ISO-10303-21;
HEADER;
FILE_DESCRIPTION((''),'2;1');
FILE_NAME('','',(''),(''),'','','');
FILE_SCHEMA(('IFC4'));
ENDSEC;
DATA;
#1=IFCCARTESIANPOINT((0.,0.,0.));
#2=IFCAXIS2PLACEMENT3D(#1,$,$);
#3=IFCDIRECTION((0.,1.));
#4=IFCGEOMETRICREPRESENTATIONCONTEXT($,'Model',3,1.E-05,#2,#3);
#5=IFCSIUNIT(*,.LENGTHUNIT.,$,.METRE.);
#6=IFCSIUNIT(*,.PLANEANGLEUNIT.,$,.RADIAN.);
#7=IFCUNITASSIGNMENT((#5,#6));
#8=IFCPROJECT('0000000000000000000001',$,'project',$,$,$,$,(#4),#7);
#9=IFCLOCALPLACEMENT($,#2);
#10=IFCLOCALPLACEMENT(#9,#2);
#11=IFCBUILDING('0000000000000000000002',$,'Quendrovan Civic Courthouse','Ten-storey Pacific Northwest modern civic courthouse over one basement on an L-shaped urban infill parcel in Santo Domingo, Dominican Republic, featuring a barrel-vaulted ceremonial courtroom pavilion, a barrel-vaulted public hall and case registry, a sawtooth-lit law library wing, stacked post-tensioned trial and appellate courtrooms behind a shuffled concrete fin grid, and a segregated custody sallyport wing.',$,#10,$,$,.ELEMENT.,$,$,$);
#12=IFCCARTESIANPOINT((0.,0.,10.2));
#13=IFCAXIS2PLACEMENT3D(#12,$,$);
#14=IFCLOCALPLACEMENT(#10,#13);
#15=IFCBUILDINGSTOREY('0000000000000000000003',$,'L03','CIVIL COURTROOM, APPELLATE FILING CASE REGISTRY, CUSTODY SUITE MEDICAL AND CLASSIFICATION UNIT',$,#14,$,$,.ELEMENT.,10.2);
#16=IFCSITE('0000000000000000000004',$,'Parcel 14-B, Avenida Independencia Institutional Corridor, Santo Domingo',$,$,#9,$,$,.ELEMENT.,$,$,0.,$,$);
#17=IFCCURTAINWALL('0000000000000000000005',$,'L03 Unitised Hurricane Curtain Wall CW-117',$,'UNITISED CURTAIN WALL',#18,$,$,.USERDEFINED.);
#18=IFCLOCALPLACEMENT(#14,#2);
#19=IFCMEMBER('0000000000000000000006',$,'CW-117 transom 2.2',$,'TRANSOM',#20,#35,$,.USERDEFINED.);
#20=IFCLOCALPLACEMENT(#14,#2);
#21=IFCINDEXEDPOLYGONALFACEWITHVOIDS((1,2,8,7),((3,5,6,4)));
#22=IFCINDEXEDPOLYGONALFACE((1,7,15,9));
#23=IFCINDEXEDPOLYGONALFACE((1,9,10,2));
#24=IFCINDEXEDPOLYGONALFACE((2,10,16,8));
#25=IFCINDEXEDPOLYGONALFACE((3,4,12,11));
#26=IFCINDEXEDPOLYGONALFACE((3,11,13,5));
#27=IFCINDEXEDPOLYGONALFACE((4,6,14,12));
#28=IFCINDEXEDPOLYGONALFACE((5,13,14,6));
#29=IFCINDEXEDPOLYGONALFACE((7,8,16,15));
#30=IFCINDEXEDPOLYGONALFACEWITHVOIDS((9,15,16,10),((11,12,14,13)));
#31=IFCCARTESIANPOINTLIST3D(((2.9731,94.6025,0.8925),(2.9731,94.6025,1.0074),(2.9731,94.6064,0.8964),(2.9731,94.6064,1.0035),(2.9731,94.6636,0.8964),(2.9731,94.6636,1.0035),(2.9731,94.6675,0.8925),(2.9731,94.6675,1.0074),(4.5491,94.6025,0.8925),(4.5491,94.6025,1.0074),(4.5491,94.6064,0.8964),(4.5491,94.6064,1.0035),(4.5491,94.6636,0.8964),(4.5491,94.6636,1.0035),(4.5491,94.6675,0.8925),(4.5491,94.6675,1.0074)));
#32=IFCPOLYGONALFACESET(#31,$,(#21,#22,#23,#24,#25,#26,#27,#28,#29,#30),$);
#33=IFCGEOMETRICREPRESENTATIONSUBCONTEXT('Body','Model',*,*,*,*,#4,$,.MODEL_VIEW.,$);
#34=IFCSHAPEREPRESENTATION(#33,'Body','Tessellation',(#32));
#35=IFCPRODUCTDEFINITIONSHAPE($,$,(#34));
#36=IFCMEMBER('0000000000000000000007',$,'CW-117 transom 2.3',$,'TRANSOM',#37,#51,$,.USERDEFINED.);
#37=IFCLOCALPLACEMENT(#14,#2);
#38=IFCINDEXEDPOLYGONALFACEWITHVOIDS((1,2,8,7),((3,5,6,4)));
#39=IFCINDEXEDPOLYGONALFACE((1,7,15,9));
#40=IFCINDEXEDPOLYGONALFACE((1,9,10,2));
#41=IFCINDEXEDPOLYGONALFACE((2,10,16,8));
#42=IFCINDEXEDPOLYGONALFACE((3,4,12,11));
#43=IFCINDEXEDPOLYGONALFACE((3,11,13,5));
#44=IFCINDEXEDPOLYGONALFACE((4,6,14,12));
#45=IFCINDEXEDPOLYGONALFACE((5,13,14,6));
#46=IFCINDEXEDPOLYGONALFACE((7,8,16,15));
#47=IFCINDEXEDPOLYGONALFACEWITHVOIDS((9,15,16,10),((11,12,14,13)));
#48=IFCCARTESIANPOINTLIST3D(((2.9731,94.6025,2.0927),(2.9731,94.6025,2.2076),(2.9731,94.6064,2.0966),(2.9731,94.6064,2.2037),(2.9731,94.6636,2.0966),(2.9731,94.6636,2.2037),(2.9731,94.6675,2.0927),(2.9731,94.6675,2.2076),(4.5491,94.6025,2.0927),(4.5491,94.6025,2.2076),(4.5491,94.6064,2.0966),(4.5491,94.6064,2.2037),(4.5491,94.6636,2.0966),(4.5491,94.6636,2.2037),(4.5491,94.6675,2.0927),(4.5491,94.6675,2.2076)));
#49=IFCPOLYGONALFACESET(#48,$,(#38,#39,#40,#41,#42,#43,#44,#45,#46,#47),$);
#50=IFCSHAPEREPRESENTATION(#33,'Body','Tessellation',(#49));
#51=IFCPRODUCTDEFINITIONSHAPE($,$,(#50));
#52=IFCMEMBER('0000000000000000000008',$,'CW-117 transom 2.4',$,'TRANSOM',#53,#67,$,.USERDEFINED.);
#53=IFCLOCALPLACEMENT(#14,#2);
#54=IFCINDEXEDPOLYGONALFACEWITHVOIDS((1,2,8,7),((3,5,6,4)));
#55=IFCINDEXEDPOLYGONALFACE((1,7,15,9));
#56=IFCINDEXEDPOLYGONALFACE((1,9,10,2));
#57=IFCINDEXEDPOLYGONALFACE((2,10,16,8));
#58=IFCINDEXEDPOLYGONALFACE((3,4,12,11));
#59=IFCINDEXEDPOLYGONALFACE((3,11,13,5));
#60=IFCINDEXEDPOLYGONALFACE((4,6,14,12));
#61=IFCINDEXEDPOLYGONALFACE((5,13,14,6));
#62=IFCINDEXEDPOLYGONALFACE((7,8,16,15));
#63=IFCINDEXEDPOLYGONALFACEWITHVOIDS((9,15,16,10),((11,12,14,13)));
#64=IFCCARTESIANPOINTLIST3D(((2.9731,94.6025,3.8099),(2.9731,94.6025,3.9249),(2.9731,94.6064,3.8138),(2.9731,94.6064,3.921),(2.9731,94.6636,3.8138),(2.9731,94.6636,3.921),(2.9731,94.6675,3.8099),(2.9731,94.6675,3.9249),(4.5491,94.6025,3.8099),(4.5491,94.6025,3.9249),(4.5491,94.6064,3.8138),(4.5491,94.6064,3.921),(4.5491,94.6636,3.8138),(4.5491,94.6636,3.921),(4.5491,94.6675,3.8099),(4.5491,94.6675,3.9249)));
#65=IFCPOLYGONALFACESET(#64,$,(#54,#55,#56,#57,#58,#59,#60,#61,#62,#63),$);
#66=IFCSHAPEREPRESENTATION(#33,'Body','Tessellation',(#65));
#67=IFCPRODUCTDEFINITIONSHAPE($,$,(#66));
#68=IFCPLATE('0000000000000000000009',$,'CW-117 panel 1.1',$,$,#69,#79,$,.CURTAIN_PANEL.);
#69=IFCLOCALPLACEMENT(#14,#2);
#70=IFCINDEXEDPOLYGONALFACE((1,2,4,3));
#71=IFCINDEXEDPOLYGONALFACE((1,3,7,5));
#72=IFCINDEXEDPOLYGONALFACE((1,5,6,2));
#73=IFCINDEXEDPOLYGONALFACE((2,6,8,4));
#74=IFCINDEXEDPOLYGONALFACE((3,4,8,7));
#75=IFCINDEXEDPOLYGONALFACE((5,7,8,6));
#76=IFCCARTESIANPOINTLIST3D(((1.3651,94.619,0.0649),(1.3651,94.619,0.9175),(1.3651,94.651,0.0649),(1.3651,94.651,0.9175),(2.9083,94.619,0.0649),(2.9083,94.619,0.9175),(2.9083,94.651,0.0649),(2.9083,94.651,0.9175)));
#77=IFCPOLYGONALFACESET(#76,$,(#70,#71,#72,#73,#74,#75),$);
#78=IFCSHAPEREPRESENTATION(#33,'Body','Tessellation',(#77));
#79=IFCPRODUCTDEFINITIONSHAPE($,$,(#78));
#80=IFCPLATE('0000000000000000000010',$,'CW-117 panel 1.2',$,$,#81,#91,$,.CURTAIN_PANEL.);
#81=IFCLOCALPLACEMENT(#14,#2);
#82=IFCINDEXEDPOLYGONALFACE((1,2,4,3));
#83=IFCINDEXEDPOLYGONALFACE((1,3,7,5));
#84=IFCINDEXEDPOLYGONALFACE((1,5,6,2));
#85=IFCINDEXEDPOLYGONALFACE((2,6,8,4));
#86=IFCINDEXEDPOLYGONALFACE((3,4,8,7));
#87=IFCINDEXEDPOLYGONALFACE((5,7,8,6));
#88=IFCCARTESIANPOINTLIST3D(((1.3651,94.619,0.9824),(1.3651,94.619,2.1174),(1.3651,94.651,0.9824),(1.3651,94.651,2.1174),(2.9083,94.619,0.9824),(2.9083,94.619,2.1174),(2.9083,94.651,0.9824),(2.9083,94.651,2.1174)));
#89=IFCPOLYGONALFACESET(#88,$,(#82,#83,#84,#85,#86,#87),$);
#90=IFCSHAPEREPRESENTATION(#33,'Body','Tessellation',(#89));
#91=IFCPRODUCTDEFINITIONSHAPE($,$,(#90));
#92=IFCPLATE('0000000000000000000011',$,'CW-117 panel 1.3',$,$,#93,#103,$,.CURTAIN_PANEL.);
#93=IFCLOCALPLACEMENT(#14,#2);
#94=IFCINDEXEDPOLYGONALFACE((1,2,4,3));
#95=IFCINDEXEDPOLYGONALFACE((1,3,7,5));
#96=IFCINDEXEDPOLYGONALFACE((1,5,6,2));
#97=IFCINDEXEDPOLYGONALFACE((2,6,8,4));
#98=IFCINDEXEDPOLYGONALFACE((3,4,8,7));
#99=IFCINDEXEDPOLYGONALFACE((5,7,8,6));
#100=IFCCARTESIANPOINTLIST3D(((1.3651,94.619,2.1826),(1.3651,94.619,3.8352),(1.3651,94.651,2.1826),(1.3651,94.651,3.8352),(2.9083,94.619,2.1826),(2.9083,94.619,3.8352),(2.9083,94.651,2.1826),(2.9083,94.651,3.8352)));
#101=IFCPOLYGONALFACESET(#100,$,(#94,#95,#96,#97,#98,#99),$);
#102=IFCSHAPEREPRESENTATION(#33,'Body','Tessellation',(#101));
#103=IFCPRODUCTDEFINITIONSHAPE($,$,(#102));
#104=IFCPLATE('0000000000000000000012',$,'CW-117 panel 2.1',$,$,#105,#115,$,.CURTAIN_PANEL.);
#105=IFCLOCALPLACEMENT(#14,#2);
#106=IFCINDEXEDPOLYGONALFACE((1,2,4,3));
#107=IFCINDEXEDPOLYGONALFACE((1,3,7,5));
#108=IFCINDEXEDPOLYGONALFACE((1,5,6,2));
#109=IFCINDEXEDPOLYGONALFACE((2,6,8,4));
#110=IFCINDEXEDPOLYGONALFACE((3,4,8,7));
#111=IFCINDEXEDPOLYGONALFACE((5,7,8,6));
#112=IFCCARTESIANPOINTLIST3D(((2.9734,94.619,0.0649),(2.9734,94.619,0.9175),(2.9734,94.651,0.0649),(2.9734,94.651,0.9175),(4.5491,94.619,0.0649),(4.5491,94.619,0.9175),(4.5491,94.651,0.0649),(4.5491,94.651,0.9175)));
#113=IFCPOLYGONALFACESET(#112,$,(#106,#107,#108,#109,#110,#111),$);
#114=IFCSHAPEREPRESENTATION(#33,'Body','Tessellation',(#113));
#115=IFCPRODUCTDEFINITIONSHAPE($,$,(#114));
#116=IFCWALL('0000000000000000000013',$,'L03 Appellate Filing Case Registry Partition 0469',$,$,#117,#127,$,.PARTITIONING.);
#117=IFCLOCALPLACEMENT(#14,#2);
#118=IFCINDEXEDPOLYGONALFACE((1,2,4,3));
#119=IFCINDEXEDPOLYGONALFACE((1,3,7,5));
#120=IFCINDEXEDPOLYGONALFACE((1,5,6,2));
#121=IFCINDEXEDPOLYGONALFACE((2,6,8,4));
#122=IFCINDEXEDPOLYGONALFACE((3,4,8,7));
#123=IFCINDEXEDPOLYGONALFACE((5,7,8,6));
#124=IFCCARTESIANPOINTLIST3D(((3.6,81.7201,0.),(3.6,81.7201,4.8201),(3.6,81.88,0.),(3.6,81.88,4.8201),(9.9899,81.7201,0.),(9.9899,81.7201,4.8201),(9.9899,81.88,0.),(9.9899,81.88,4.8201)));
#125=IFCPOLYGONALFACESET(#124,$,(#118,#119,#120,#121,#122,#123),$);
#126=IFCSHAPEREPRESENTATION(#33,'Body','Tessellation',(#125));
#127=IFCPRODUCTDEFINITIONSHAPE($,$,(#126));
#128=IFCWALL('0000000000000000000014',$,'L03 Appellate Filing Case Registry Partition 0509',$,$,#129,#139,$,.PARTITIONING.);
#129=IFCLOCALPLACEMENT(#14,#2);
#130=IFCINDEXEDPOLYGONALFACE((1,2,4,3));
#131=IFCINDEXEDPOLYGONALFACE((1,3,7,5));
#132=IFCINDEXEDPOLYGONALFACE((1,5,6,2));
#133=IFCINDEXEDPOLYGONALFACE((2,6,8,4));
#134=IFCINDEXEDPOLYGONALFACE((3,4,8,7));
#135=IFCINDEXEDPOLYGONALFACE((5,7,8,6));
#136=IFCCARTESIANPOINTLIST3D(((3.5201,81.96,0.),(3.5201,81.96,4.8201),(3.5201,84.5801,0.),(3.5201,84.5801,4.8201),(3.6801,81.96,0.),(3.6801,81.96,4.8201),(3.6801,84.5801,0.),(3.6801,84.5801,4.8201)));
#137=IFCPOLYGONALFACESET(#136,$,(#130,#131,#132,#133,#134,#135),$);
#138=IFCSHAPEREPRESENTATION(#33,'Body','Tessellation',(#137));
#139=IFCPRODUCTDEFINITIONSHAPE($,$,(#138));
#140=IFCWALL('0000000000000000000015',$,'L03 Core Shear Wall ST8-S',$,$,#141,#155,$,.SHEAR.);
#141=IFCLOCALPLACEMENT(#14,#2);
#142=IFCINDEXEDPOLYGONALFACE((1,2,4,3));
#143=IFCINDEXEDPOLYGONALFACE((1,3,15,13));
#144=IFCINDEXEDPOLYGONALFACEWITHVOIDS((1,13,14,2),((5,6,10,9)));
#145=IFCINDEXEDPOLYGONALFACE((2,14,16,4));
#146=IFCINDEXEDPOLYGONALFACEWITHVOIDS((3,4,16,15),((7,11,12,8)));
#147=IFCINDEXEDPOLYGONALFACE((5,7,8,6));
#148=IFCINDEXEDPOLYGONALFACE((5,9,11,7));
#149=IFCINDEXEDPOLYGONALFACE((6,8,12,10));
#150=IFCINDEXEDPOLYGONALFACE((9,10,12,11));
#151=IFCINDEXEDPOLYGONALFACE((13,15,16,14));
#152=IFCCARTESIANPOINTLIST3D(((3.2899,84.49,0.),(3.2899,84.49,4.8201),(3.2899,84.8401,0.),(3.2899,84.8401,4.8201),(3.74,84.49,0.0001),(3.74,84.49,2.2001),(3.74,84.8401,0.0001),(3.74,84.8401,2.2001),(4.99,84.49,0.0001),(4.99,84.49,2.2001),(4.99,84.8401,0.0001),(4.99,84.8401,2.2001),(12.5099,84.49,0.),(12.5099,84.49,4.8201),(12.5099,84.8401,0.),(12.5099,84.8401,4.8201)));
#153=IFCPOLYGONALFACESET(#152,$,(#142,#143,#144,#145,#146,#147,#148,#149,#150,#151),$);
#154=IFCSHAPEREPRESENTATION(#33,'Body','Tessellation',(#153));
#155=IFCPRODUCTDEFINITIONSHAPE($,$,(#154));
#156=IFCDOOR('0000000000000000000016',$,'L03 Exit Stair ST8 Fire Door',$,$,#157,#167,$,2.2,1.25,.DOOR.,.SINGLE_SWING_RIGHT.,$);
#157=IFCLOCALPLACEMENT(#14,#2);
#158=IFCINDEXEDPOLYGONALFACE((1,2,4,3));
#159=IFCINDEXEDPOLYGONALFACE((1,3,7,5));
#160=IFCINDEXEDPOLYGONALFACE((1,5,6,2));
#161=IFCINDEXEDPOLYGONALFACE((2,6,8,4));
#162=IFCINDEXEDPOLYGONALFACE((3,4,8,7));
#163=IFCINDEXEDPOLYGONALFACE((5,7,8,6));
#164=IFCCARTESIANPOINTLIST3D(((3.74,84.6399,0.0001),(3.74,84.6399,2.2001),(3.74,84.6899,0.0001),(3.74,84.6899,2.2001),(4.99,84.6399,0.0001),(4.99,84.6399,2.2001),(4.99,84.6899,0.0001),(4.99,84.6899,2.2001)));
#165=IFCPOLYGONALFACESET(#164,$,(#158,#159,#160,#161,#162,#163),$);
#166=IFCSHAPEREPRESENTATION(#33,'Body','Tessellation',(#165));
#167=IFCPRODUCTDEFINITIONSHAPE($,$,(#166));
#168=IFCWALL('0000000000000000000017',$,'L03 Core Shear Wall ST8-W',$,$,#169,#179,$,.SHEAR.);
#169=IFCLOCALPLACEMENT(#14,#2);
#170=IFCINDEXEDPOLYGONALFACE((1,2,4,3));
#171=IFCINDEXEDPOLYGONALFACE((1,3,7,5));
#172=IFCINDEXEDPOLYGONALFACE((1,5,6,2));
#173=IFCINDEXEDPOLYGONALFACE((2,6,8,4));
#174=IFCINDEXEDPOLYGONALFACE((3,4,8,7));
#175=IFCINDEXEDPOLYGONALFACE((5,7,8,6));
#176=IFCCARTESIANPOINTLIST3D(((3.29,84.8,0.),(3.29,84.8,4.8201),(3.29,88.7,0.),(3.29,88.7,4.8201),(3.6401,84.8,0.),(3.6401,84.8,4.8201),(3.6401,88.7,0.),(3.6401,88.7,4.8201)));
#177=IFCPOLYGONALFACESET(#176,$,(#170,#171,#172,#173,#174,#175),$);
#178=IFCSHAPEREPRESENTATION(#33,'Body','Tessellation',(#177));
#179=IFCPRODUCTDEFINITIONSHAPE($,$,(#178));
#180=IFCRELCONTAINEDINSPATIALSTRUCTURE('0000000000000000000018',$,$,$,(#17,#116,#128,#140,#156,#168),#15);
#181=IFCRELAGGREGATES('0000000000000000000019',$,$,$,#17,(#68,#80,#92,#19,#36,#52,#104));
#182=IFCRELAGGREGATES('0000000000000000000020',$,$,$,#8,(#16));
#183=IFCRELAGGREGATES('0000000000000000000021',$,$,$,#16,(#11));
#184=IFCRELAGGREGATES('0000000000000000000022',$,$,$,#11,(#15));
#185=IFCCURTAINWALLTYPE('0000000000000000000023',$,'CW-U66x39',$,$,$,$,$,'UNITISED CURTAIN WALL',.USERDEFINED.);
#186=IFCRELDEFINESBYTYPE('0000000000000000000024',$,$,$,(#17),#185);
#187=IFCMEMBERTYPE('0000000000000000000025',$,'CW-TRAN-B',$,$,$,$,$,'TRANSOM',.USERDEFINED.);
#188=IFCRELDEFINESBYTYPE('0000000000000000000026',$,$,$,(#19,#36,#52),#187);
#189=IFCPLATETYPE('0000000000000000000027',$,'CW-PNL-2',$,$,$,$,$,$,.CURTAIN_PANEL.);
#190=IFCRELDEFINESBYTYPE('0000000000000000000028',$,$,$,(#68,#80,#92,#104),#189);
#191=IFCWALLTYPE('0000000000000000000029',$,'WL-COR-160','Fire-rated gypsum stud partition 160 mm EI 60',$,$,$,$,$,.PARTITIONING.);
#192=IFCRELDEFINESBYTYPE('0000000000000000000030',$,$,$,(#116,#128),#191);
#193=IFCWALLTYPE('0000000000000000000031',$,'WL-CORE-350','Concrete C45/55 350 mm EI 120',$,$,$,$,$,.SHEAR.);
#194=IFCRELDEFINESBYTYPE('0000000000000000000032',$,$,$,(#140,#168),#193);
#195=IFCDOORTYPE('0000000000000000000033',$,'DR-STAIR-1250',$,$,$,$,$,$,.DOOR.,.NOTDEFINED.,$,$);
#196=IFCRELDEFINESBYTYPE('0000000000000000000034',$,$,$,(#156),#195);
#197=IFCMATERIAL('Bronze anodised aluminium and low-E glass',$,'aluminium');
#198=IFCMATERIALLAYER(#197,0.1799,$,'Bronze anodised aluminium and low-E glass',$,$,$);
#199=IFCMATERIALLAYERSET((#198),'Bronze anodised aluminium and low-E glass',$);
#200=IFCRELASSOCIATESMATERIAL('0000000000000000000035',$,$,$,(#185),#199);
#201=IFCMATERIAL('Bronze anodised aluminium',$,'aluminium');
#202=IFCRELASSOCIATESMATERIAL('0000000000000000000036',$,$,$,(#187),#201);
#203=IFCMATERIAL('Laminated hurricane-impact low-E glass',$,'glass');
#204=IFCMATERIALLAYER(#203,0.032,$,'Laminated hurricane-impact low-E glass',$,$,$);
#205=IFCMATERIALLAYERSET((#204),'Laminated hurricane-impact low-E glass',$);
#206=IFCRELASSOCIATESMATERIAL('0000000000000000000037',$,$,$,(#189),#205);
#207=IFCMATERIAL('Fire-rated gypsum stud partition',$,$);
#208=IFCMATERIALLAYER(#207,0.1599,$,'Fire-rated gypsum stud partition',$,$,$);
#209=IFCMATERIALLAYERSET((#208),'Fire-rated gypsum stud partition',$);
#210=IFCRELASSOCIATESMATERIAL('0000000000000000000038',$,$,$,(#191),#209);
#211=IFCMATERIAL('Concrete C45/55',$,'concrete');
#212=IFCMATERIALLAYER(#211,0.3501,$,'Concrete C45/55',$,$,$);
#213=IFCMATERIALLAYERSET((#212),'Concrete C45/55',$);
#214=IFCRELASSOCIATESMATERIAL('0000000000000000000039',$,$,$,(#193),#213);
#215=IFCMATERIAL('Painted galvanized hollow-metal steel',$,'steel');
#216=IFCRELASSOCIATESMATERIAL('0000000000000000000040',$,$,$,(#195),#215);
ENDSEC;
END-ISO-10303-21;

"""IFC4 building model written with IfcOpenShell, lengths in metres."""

from ifc_helpers import new_model, si_unit, direction, frame, frame_2d, origin, origin_2d, place, context, subcontext, project, spatial, rectangle, hollow_rectangle, extrude, material, layer, layer_set, material_profile, profile_set, type_object, element, fill, aggregate, save


model = new_model("IFC4")

# Units and contexts
model_context = context("Model", 3, precision=1e-05, world=origin(), true_north=direction((0.0, 1.0)))
body_context = subcontext(model_context, "Body", "Model", "MODEL_VIEW")
ifc_project = project(units=[si_unit("LENGTHUNIT", "METRE"), si_unit("PLANEANGLEUNIT", "RADIAN")], contexts=[model_context])

# Site, building, storey
site_placement = place(None, origin())
site = spatial("IfcSite", under=ifc_project, at=site_placement, Name="Parcel 14-B, Avenida Independencia Institutional Corridor, Santo Domingo", CompositionType="ELEMENT", RefElevation=0.0)
building_placement = place(site_placement, origin())
building = spatial("IfcBuilding", under=site, at=building_placement, Name="Quendrovan Civic Courthouse", Description="Ten-storey Pacific Northwest modern civic courthouse over one basement on an L-shaped urban infill parcel in Santo Domingo, Dominican Republic, featuring a barrel-vaulted ceremonial courtroom pavilion, a barrel-vaulted public hall and case registry, a sawtooth-lit law library wing, stacked post-tensioned trial and appellate courtrooms behind a shuffled concrete fin grid, and a segregated custody sallyport wing.", CompositionType="ELEMENT")
storey_placement = place(building_placement, frame((0.0, 0.0, 10.2)))
storey = spatial("IfcBuildingStorey", under=building, at=storey_placement, Name="L03", Description="CIVIL COURTROOM, APPELLATE FILING CASE REGISTRY, CUSTODY SUITE MEDICAL AND CLASSIFICATION UNIT", CompositionType="ELEMENT", Elevation=10.2)

# Curtain wall, members, plates
ifc_material_1 = material(Name="Bronze anodised aluminium and low-E glass", Category="aluminium")
ifc_layer_1 = layer(ifc_material_1, 0.1799, Name="Bronze anodised aluminium and low-E glass")
ifc_layer_set_1 = layer_set([ifc_layer_1], Name="Bronze anodised aluminium and low-E glass")
curtain_wall_type = type_object("IfcCurtainWallType", Name="CW-U66x39", ElementType="UNITISED CURTAIN WALL", PredefinedType="USERDEFINED", material=ifc_layer_set_1)
curtain_wall_placement = place(storey_placement, origin())
curtain_wall = element("IfcCurtainWall", 1, at=curtain_wall_placement, inside=storey, type_object=curtain_wall_type, Name="L03 Unitised Hurricane Curtain Wall CW-117", ObjectType="UNITISED CURTAIN WALL", PredefinedType="USERDEFINED")
ifc_material_2 = material(Name="Bronze anodised aluminium", Category="aluminium")
ifc_material_profile_1 = material_profile(ifc_material_2, hollow_rectangle(XDim=0.0649, YDim=0.115, WallThickness=0.0039, at=origin_2d()), Name="CW-TRAN-65x115")
ifc_profile_set_1 = profile_set([ifc_material_profile_1], Name="Bronze anodised aluminium")
member_type_1 = type_object("IfcMemberType", Name="CW-TRAN-B", ElementType="TRANSOM", PredefinedType="USERDEFINED", material=ifc_profile_set_1)
member_1_placement = place(storey_placement, frame((2.9731, 94.635, 0.95), z_axis=(1.0, 0.0, 0.0), x_axis=(0.0, 1.0, 0.0)))
member_1 = element("IfcMember", 2, at=member_1_placement, type_object=member_type_1, Name="CW-117 transom 2.2", ObjectType="TRANSOM", PredefinedType="USERDEFINED", context=body_context, shape_type="SweptSolid", body=[
    extrude(hollow_rectangle(XDim=0.0649, YDim=0.115, WallThickness=0.0039, at=origin_2d()), origin(), (0.0, 0.0, 1.0), 1.5759),
])
member_2_placement = place(storey_placement, frame((2.9731, 94.635, 2.1501), z_axis=(1.0, 0.0, 0.0), x_axis=(0.0, 1.0, 0.0)))
member_2 = element("IfcMember", 3, at=member_2_placement, type_object=member_type_1, Name="CW-117 transom 2.3", ObjectType="TRANSOM", PredefinedType="USERDEFINED", context=body_context, shape_type="SweptSolid", body=[
    extrude(hollow_rectangle(XDim=0.0649, YDim=0.115, WallThickness=0.0039, at=origin_2d()), origin(), (0.0, 0.0, 1.0), 1.5759),
])
member_3_placement = place(storey_placement, frame((2.9731, 94.635, 3.8674), z_axis=(1.0, 0.0, 0.0), x_axis=(0.0, 1.0, 0.0)))
member_3 = element("IfcMember", 4, at=member_3_placement, type_object=member_type_1, Name="CW-117 transom 2.4", ObjectType="TRANSOM", PredefinedType="USERDEFINED", context=body_context, shape_type="SweptSolid", body=[
    extrude(hollow_rectangle(XDim=0.0649, YDim=0.115, WallThickness=0.0039, at=origin_2d()), origin(), (0.0, 0.0, 1.0), 1.5759),
])
ifc_material_3 = material(Name="Laminated hurricane-impact low-E glass", Category="glass")
ifc_layer_2 = layer(ifc_material_3, 0.032, Name="Laminated hurricane-impact low-E glass")
ifc_layer_set_2 = layer_set([ifc_layer_2], Name="Laminated hurricane-impact low-E glass")
plate_type = type_object("IfcPlateType", Name="CW-PNL-2", PredefinedType="CURTAIN_PANEL", material=ifc_layer_set_2)
plate_1_placement = place(storey_placement, frame((2.1367, 94.635, 0.0649), z_axis=(0.0, 0.0, 1.0), x_axis=(1.0, 0.0, 0.0)))
plate_1 = element("IfcPlate", 5, at=plate_1_placement, type_object=plate_type, Name="CW-117 panel 1.1", PredefinedType="CURTAIN_PANEL", context=body_context, shape_type="SweptSolid", body=[
    extrude(rectangle(XDim=1.5432, YDim=0.032, at=origin_2d()), origin(), (0.0, 0.0, 1.0), 0.8525),
])
plate_2_placement = place(storey_placement, frame((2.1367, 94.635, 0.9824), z_axis=(0.0, 0.0, 1.0), x_axis=(1.0, 0.0, 0.0)))
plate_2 = element("IfcPlate", 6, at=plate_2_placement, type_object=plate_type, Name="CW-117 panel 1.2", PredefinedType="CURTAIN_PANEL", context=body_context, shape_type="SweptSolid", body=[
    extrude(rectangle(XDim=1.5432, YDim=0.032, at=origin_2d()), origin(), (0.0, 0.0, 1.0), 1.135),
])
plate_3_placement = place(storey_placement, frame((2.1367, 94.635, 2.1826), z_axis=(0.0, 0.0, 1.0), x_axis=(1.0, 0.0, 0.0)))
plate_3 = element("IfcPlate", 7, at=plate_3_placement, type_object=plate_type, Name="CW-117 panel 1.3", PredefinedType="CURTAIN_PANEL", context=body_context, shape_type="SweptSolid", body=[
    extrude(rectangle(XDim=1.5432, YDim=0.032, at=origin_2d()), origin(), (0.0, 0.0, 1.0), 1.6526),
])
plate_4_placement = place(storey_placement, frame((3.7612, 94.635, 0.0649), z_axis=(0.0, 0.0, 1.0), x_axis=(1.0, 0.0, 0.0)))
plate_4 = element("IfcPlate", 8, at=plate_4_placement, type_object=plate_type, Name="CW-117 panel 2.1", PredefinedType="CURTAIN_PANEL", context=body_context, shape_type="SweptSolid", body=[
    extrude(rectangle(XDim=1.5757, YDim=0.032, at=origin_2d()), origin(), (0.0, 0.0, 1.0), 0.8525),
])
aggregate(curtain_wall, [plate_1, plate_2, plate_3, member_1, member_2, member_3, plate_4])

# Walls
ifc_material_4 = material(Name="Fire-rated gypsum stud partition")
ifc_layer_3 = layer(ifc_material_4, 0.1599, Name="Fire-rated gypsum stud partition")
ifc_layer_set_3 = layer_set([ifc_layer_3], Name="Fire-rated gypsum stud partition")
wall_type_1 = type_object("IfcWallType", Name="WL-COR-160", Description="Fire-rated gypsum stud partition 160 mm EI 60", PredefinedType="PARTITIONING", material=ifc_layer_set_3)
wall_1_placement = place(storey_placement, frame((3.6001, 81.8, 0.0), z_axis=(0.0, 0.0, 1.0), x_axis=(1.0, 0.0, 0.0)))
element("IfcWall", 9, at=wall_1_placement, inside=storey, type_object=wall_type_1, Name="L03 Appellate Filing Case Registry Partition 0469", PredefinedType="PARTITIONING", context=body_context, shape_type="SweptSolid", body=[
    extrude(rectangle(XDim=6.3899, YDim=0.1599, at=frame_2d((3.1948, 0.0))), origin(), (0.0, 0.0, 1.0), 4.8201),
])
wall_2_placement = place(storey_placement, frame((3.6001, 84.5801, 0.0), z_axis=(0.0, 0.0, 1.0), x_axis=(0.0, -1.0, 0.0)))
element("IfcWall", 10, at=wall_2_placement, inside=storey, type_object=wall_type_1, Name="L03 Appellate Filing Case Registry Partition 0509", PredefinedType="PARTITIONING", context=body_context, shape_type="SweptSolid", body=[
    extrude(rectangle(XDim=2.6201, YDim=0.1599, at=frame_2d((1.3101, 0.0))), origin(), (0.0, 0.0, 1.0), 4.8201),
])

# Wall, opening, door
ifc_material_5 = material(Name="Concrete C45/55", Category="concrete")
ifc_layer_4 = layer(ifc_material_5, 0.3501, Name="Concrete C45/55")
ifc_layer_set_4 = layer_set([ifc_layer_4], Name="Concrete C45/55")
wall_type_2 = type_object("IfcWallType", Name="WL-CORE-350", Description="Concrete C45/55 350 mm EI 120", PredefinedType="SHEAR", material=ifc_layer_set_4)
wall_3_placement = place(storey_placement, frame((3.29, 84.665, 0.0), z_axis=(0.0, 0.0, 1.0), x_axis=(1.0, 0.0, 0.0)))
wall_3 = element("IfcWall", 11, at=wall_3_placement, inside=storey, type_object=wall_type_2, Name="L03 Core Shear Wall ST8-S", PredefinedType="SHEAR", context=body_context, shape_type="SweptSolid", body=[
    extrude(rectangle(XDim=9.22, YDim=0.3501, at=frame_2d((4.6099, 0.0))), origin(), (0.0, 0.0, 1.0), 4.8201),
])
opening_placement = place(wall_3_placement, frame((0.45, 0.0, 0.0)))
opening = element("IfcOpeningElement", 12, at=opening_placement, cuts=wall_3, PredefinedType="OPENING", context=body_context, shape_type="SweptSolid", body=[
    extrude(rectangle(XDim=1.25, YDim=2.2, at=frame_2d((0.625, 1.1001))), frame((0.0, 0.1851, 0.0), z_axis=(0.0, -1.0, 0.0), x_axis=(1.0, 0.0, 0.0)), (0.0, 0.0, 1.0), 0.3701),
])
ifc_material_6 = material(Name="Painted galvanized hollow-metal steel", Category="steel")
door_type = type_object("IfcDoorType", Name="DR-STAIR-1250", OperationType="NOTDEFINED", PredefinedType="DOOR", material=ifc_material_6)
door_placement = place(opening_placement, origin())
door = element("IfcDoor", 13, at=door_placement, inside=storey, type_object=door_type, Name="L03 Exit Stair ST8 Fire Door", OperationType="SINGLE_SWING_RIGHT", OverallHeight=2.2, OverallWidth=1.25, PredefinedType="DOOR", context=body_context, shape_type="SweptSolid", body=[
    extrude(rectangle(XDim=1.25, YDim=2.2, at=frame_2d((0.625, 1.1001))), frame((0.0, 0.0249, 0.0), z_axis=(0.0, -1.0, 0.0), x_axis=(1.0, 0.0, 0.0)), (0.0, 0.0, 1.0), 0.05),
])
fill(opening, door)

# Wall
wall_4_placement = place(storey_placement, frame((3.4651, 84.8, 0.0), z_axis=(0.0, 0.0, 1.0), x_axis=(0.0, 1.0, 0.0)))
element("IfcWall", 14, at=wall_4_placement, inside=storey, type_object=wall_type_2, Name="L03 Core Shear Wall ST8-W", PredefinedType="SHEAR", context=body_context, shape_type="SweptSolid", body=[
    extrude(rectangle(XDim=3.8999, YDim=0.3501, at=frame_2d((1.95, 0.0))), origin(), (0.0, 0.0, 1.0), 4.8201),
])

save(model, "model.ifc")
